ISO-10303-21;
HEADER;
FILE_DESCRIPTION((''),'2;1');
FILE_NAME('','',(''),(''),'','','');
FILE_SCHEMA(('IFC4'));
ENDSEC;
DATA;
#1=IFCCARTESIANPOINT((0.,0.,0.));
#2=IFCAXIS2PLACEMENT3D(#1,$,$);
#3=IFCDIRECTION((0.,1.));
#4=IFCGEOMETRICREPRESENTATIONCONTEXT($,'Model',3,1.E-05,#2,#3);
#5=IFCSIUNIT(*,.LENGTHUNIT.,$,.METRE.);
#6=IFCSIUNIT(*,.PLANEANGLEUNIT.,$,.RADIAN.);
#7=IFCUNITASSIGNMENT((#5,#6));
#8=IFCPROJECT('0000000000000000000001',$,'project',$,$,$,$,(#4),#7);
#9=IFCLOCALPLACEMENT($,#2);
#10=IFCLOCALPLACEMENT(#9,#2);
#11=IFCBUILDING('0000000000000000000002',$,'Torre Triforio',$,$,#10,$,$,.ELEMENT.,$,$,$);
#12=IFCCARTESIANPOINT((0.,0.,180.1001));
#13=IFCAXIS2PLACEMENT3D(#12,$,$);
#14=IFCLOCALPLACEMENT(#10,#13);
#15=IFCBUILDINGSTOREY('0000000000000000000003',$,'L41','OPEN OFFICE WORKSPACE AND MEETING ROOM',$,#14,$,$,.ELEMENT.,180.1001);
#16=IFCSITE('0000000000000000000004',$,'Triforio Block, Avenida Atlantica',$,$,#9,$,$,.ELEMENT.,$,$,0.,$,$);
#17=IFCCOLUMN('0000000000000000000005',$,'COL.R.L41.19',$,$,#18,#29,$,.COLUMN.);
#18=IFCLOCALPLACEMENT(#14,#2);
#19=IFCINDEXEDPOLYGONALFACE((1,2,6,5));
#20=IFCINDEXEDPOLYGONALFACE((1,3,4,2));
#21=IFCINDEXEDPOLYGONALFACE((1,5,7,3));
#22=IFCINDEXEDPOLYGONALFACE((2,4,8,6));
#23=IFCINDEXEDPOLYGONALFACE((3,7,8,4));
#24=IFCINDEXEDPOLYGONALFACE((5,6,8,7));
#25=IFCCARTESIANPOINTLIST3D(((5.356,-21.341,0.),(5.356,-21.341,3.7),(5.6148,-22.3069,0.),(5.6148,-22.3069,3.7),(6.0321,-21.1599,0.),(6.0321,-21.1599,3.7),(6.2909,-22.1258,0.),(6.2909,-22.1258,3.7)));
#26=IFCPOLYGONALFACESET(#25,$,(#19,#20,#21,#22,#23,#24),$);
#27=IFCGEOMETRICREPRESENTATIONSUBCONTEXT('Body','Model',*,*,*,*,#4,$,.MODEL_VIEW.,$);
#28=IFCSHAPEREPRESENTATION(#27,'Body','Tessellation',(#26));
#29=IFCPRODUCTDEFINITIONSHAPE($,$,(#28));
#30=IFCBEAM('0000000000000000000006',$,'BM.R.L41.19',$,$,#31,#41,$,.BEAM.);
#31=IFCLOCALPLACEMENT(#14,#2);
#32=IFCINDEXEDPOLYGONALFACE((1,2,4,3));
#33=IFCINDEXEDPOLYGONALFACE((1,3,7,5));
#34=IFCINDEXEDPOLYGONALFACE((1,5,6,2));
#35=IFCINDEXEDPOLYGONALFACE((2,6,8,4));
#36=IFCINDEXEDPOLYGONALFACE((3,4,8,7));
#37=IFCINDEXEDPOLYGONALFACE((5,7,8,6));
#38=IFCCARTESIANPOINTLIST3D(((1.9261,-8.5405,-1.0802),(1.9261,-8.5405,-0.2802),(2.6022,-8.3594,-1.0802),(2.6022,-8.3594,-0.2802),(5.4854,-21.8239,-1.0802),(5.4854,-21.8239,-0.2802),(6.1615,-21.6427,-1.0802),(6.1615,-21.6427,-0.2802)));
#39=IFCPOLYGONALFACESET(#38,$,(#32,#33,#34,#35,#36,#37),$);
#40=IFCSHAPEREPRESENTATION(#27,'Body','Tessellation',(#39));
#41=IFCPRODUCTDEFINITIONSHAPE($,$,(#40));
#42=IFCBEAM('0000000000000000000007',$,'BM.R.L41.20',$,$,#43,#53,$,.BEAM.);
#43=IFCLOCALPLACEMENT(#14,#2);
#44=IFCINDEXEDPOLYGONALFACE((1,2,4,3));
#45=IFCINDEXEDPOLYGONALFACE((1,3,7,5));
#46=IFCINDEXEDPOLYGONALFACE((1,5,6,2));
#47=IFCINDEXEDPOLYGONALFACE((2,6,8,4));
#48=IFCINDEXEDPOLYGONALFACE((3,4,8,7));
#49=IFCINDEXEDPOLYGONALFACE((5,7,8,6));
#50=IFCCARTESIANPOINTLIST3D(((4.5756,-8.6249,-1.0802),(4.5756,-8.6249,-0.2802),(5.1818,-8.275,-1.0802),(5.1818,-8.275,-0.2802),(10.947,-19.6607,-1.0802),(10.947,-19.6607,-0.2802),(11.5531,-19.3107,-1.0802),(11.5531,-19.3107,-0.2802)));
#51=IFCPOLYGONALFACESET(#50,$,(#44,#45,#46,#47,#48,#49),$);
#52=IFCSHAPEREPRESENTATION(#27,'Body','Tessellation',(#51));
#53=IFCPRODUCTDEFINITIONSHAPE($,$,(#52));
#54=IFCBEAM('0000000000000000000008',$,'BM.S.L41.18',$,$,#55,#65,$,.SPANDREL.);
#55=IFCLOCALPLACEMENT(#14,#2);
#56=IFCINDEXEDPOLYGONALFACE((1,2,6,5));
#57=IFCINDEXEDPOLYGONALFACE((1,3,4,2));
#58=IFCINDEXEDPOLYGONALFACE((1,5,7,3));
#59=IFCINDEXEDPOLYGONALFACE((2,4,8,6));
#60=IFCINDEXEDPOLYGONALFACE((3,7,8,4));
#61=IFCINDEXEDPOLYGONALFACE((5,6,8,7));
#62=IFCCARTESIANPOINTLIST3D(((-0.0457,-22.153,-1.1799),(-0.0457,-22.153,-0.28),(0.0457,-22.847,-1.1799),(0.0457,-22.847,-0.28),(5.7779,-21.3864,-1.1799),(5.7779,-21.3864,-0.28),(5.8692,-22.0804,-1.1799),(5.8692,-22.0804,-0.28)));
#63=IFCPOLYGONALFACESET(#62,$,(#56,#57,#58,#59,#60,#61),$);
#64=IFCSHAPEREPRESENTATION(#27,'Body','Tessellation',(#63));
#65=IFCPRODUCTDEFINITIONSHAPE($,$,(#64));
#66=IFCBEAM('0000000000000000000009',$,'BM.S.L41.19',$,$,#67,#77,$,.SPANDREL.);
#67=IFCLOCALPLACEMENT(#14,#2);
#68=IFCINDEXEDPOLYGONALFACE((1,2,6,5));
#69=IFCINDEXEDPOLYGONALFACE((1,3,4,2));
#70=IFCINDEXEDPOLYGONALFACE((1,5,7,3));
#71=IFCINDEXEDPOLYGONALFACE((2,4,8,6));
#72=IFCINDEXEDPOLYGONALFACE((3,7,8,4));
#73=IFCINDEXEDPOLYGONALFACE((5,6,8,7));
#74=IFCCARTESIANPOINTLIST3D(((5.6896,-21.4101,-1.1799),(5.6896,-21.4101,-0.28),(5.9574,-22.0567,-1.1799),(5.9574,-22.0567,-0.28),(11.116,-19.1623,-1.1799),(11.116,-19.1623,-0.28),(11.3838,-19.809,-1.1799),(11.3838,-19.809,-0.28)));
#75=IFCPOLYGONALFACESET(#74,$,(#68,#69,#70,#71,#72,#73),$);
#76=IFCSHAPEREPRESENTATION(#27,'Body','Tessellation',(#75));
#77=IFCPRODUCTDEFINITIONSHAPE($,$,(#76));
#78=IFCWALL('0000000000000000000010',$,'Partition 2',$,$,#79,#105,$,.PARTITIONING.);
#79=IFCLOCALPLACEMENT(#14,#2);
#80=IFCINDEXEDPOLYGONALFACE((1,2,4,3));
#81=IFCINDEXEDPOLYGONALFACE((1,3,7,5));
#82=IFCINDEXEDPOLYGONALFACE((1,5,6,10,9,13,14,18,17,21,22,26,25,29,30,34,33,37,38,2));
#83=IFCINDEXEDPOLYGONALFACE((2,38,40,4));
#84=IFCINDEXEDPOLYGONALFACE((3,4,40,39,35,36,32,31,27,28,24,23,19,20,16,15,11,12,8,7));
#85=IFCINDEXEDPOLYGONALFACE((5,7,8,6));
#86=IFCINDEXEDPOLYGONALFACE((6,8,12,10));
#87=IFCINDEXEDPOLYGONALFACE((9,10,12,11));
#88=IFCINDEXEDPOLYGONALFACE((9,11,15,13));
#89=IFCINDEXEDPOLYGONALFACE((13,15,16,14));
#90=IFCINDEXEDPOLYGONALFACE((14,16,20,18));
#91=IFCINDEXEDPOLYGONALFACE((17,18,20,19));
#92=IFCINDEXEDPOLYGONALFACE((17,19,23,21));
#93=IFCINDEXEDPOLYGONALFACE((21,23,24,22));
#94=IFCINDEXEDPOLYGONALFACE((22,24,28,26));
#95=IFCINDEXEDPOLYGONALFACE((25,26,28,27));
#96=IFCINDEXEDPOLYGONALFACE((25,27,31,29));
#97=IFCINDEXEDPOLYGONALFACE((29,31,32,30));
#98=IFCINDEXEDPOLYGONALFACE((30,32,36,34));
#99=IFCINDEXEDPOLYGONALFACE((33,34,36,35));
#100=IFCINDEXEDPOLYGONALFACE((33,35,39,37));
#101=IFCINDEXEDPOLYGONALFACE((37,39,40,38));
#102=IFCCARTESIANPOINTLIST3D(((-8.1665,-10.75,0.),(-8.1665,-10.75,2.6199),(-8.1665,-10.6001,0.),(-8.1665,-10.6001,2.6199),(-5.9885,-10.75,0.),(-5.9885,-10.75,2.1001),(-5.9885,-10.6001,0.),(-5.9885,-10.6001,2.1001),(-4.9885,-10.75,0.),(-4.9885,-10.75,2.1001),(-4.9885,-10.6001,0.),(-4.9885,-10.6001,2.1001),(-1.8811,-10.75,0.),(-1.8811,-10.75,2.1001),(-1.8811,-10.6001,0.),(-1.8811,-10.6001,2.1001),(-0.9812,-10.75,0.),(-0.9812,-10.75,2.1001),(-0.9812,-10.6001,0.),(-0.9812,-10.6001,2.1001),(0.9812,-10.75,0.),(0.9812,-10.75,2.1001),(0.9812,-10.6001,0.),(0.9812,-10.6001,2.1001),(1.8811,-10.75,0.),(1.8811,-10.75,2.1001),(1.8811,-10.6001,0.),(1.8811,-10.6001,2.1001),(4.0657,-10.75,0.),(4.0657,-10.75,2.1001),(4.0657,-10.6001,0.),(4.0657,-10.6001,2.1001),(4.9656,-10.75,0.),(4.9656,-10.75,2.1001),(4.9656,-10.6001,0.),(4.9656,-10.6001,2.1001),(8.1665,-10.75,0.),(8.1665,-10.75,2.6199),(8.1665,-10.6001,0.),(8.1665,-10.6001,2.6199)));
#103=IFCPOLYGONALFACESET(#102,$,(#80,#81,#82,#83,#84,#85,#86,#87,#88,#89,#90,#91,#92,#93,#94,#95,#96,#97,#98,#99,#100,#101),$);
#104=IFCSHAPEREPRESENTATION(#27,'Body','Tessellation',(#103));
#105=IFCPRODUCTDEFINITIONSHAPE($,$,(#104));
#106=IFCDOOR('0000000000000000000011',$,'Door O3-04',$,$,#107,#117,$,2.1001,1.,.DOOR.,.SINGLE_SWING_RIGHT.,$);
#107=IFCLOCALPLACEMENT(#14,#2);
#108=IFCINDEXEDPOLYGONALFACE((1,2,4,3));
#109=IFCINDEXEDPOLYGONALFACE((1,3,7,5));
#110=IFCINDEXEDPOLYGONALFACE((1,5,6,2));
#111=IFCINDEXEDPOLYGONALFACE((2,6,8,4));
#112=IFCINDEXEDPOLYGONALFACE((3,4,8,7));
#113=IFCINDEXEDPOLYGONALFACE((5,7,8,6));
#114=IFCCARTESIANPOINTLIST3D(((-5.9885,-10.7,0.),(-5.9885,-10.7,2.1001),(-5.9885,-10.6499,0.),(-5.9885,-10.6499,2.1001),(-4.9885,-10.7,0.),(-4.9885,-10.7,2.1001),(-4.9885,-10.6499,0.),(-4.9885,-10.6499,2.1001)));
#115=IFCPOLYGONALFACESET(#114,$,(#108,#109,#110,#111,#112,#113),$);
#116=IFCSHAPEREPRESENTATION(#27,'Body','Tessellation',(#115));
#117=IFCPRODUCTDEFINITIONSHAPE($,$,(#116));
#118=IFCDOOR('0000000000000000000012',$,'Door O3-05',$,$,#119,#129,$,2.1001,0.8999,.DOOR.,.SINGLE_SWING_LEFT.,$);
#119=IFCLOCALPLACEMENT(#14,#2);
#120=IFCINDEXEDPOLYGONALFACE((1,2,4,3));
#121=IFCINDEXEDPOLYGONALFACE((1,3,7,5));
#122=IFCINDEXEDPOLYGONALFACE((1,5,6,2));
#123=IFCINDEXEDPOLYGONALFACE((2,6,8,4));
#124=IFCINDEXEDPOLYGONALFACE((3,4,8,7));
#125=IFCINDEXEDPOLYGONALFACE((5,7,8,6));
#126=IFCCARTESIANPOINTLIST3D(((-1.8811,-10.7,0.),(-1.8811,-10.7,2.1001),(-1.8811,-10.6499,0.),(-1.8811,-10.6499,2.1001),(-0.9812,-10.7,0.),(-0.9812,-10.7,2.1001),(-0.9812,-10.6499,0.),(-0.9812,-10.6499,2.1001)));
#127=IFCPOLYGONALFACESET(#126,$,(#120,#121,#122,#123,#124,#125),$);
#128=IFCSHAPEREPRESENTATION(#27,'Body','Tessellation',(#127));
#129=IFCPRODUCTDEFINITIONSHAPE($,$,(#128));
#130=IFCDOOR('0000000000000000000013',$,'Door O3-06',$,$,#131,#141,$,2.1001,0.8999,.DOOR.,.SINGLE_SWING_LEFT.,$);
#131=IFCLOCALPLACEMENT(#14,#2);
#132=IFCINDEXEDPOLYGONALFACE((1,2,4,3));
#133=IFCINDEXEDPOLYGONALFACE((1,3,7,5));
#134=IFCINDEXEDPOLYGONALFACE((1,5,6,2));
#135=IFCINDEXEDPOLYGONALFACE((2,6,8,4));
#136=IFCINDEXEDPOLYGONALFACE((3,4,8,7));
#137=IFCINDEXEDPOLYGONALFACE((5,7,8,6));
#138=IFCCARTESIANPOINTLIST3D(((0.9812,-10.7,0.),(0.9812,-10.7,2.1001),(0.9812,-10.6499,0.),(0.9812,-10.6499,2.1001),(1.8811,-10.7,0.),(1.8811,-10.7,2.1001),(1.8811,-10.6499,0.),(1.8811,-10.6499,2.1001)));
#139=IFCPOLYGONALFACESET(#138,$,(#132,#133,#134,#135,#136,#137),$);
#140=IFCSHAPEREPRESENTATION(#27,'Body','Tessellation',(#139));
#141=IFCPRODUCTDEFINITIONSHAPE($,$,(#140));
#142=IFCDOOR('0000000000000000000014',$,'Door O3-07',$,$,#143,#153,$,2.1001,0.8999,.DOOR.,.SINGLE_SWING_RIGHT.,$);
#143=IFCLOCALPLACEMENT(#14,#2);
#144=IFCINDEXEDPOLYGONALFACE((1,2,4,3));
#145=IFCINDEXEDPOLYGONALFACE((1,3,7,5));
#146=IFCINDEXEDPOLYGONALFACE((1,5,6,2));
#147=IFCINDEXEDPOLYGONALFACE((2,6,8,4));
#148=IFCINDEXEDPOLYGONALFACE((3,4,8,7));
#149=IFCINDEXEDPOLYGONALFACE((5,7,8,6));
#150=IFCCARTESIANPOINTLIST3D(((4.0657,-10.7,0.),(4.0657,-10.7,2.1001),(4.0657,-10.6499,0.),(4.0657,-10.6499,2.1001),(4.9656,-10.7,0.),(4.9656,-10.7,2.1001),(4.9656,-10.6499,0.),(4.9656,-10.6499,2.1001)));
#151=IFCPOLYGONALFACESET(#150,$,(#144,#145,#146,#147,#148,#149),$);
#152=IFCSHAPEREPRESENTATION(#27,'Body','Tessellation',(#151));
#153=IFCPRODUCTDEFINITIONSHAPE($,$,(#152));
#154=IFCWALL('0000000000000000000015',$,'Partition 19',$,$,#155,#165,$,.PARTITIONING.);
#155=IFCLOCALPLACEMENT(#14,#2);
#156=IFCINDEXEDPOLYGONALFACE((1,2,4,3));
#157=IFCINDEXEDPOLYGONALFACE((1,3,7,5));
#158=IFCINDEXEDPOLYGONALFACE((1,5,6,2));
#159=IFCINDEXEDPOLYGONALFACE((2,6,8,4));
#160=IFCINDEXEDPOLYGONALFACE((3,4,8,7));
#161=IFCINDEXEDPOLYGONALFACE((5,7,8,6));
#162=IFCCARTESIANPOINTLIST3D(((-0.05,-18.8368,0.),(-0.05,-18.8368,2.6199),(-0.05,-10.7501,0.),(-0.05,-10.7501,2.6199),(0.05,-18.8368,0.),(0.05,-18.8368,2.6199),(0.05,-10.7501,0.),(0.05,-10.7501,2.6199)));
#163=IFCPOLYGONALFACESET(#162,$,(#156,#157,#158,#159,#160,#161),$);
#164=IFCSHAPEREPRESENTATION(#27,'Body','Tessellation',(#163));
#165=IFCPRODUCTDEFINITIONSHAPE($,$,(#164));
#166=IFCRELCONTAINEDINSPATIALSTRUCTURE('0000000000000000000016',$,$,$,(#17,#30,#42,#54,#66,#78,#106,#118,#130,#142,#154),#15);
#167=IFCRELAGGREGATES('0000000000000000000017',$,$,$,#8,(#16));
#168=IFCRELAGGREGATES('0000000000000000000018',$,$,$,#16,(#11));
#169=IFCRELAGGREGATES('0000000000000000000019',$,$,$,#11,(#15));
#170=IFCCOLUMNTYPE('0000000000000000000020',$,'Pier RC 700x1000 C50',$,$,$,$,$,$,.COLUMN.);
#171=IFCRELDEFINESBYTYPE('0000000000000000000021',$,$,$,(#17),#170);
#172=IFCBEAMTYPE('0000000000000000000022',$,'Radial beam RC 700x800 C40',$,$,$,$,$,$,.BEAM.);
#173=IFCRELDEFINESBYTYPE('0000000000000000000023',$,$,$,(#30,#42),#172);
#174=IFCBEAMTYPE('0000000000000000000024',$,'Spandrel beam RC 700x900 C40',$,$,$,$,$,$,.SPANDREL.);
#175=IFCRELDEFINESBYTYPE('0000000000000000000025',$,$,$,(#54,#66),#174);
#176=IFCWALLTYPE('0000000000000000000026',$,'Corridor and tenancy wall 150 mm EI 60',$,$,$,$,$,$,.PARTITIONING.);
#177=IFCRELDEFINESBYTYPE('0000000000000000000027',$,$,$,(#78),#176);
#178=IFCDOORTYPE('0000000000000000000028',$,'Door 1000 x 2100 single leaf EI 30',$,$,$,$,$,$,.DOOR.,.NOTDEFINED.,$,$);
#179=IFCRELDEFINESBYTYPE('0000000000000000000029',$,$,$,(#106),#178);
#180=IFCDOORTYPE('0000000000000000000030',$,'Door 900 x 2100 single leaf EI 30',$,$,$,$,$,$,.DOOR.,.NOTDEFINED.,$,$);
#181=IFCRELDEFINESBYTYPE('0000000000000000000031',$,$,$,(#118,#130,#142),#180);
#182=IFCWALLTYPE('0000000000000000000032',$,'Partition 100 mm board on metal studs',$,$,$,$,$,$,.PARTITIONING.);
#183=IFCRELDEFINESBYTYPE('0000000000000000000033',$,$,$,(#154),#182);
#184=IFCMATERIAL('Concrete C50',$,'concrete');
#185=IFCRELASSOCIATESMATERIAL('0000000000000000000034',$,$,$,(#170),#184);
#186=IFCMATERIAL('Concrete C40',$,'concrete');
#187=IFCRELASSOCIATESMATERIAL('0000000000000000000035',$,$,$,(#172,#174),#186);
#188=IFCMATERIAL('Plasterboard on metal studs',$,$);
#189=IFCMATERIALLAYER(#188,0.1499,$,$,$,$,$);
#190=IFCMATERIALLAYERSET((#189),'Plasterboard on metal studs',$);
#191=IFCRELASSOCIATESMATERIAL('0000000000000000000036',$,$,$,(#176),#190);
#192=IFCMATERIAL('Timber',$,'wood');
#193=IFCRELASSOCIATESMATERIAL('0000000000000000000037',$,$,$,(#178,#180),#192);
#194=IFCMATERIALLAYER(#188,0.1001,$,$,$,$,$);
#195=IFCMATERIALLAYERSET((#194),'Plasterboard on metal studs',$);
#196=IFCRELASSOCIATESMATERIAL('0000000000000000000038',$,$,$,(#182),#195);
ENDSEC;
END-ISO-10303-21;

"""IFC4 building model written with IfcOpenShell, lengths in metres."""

from ifc_helpers import new_model, si_unit, direction, frame, frame_2d, origin, origin_2d, place, context, subcontext, project, spatial, rectangle, extrude, material, layer, layer_set, material_profile, profile_set, type_object, element, fill, save


model = new_model("IFC4")

# Units and contexts
model_context = context("Model", 3, precision=1e-05, world=origin(), true_north=direction((0.0, 1.0)))
body_context = subcontext(model_context, "Body", "Model", "MODEL_VIEW")
ifc_project = project(units=[si_unit("LENGTHUNIT", "METRE"), si_unit("PLANEANGLEUNIT", "RADIAN")], contexts=[model_context])

# Site, building, storey
site_placement = place(None, origin())
site = spatial("IfcSite", under=ifc_project, at=site_placement, Name="Triforio Block, Avenida Atlantica", CompositionType="ELEMENT", RefElevation=0.0)
building_placement = place(site_placement, origin())
building = spatial("IfcBuilding", under=site, at=building_placement, Name="Torre Triforio", CompositionType="ELEMENT")
storey_placement = place(building_placement, frame((0.0, 0.0, 180.1001)))
storey = spatial("IfcBuildingStorey", under=building, at=storey_placement, Name="L41", Description="OPEN OFFICE WORKSPACE AND MEETING ROOM", CompositionType="ELEMENT", Elevation=180.1001)

# Column
ifc_material_1 = material(Name="Concrete C50", Category="concrete")
ifc_material_profile_1 = material_profile(ifc_material_1, rectangle(XDim=0.7, YDim=1.0, at=origin_2d()), Name="RC 700x1000")
ifc_profile_set_1 = profile_set([ifc_material_profile_1], Name="Concrete C50")
column_type = type_object("IfcColumnType", Name="Pier RC 700x1000 C50", PredefinedType="COLUMN", material=ifc_profile_set_1)
column_placement = place(storey_placement, frame((5.8235, -21.7334, 0.0), z_axis=(0.0, 0.0, 1.0), x_axis=(0.965926, 0.258819, 0.0)))
element("IfcColumn", 1, at=column_placement, inside=storey, type_object=column_type, Name="COL.R.L41.19", PredefinedType="COLUMN", context=body_context, shape_type="SweptSolid", body=[
    extrude(rectangle(XDim=0.7, YDim=1.0, at=origin_2d()), origin(), (0.0, 0.0, 1.0), 3.7),
])

# Beams
ifc_material_2 = material(Name="Concrete C40", Category="concrete")
ifc_material_profile_2 = material_profile(ifc_material_2, rectangle(XDim=0.7, YDim=0.8, at=origin_2d()), Name="RC 700x800")
ifc_profile_set_2 = profile_set([ifc_material_profile_2], Name="Concrete C40")
beam_type_1 = type_object("IfcBeamType", Name="Radial beam RC 700x800 C40", PredefinedType="BEAM", material=ifc_profile_set_2)
beam_1_placement = place(storey_placement, frame((2.2642, -8.45, -0.6802), z_axis=(0.258822, -0.965925, 0.0), x_axis=(0.965925, 0.258822, 0.0)))
element("IfcBeam", 2, at=beam_1_placement, inside=storey, type_object=beam_type_1, Name="BM.R.L41.19", PredefinedType="BEAM", context=body_context, shape_type="SweptSolid", body=[
    extrude(rectangle(XDim=0.7, YDim=0.8, at=origin_2d()), origin(), (0.0, 0.0, 1.0), 13.752),
])
beam_2_placement = place(storey_placement, frame((4.8787, -8.45, -0.6802), z_axis=(0.499994, -0.866029, 0.0), x_axis=(0.866029, 0.499994, 0.0)))
element("IfcBeam", 3, at=beam_2_placement, inside=storey, type_object=beam_type_1, Name="BM.R.L41.20", PredefinedType="BEAM", context=body_context, shape_type="SweptSolid", body=[
    extrude(rectangle(XDim=0.7, YDim=0.8, at=origin_2d()), origin(), (0.0, 0.0, 1.0), 12.7429),
])
ifc_material_profile_3 = material_profile(ifc_material_2, rectangle(XDim=0.7, YDim=0.8999, at=origin_2d()), Name="RC 700x900")
ifc_profile_set_3 = profile_set([ifc_material_profile_3], Name="Concrete C40")
beam_type_2 = type_object("IfcBeamType", Name="Spandrel beam RC 700x900 C40", PredefinedType="SPANDREL", material=ifc_profile_set_3)
beam_3_placement = place(storey_placement, frame((0.0, -22.5, -0.73), z_axis=(0.991447, 0.130514, 0.0), x_axis=(-0.130514, 0.991447, 0.0)))
element("IfcBeam", 4, at=beam_3_placement, inside=storey, type_object=beam_type_2, Name="BM.S.L41.18", PredefinedType="SPANDREL", context=body_context, shape_type="SweptSolid", body=[
    extrude(rectangle(XDim=0.7, YDim=0.8999, at=origin_2d()), origin(), (0.0, 0.0, 1.0), 5.8738),
])
beam_4_placement = place(storey_placement, frame((5.8235, -21.7334, -0.73), z_axis=(0.923875, 0.382693, 0.0), x_axis=(-0.382693, 0.923875, 0.0)))
element("IfcBeam", 5, at=beam_4_placement, inside=storey, type_object=beam_type_2, Name="BM.S.L41.19", PredefinedType="SPANDREL", context=body_context, shape_type="SweptSolid", body=[
    extrude(rectangle(XDim=0.7, YDim=0.8999, at=origin_2d()), origin(), (0.0, 0.0, 1.0), 5.8735),
])

# Wall, openings, doors
ifc_material_3 = material(Name="Plasterboard on metal studs")
ifc_layer_1 = layer(ifc_material_3, 0.1499)
ifc_layer_set_1 = layer_set([ifc_layer_1], Name="Plasterboard on metal studs")
wall_type_1 = type_object("IfcWallType", Name="Corridor and tenancy wall 150 mm EI 60", PredefinedType="PARTITIONING", material=ifc_layer_set_1)
wall_1_placement = place(storey_placement, frame((8.1665, -10.675, 0.0), z_axis=(0.0, 0.0, 1.0), x_axis=(-1.0, 0.0, 0.0)))
wall_1 = element("IfcWall", 6, at=wall_1_placement, inside=storey, type_object=wall_type_1, Name="Partition 2", PredefinedType="PARTITIONING", context=body_context, shape_type="SweptSolid", body=[
    extrude(rectangle(XDim=16.333, YDim=0.1499, at=frame_2d((8.1665, 0.0))), origin(), (0.0, 0.0, 1.0), 2.6199),
])
opening_1_placement = place(wall_1_placement, frame((13.155, 0.0, 0.0)))
opening_1 = element("IfcOpeningElement", 7, at=opening_1_placement, cuts=wall_1, PredefinedType="OPENING", context=body_context, shape_type="SweptSolid", body=[
    extrude(rectangle(XDim=1.0, YDim=2.1001, at=frame_2d((0.5, 1.05))), frame((0.0, 0.085, 0.0), z_axis=(0.0, -1.0, 0.0), x_axis=(1.0, 0.0, 0.0)), (0.0, 0.0, 1.0), 0.1699),
])
opening_2_placement = place(wall_1_placement, frame((9.1477, 0.0, 0.0)))
opening_2 = element("IfcOpeningElement", 8, at=opening_2_placement, cuts=wall_1, PredefinedType="OPENING", context=body_context, shape_type="SweptSolid", body=[
    extrude(rectangle(XDim=0.8999, YDim=2.1001, at=frame_2d((0.45, 1.05))), frame((0.0, 0.085, 0.0), z_axis=(0.0, -1.0, 0.0), x_axis=(1.0, 0.0, 0.0)), (0.0, 0.0, 1.0), 0.1699),
])
opening_3_placement = place(wall_1_placement, frame((6.2854, 0.0, 0.0)))
opening_3 = element("IfcOpeningElement", 9, at=opening_3_placement, cuts=wall_1, PredefinedType="OPENING", context=body_context, shape_type="SweptSolid", body=[
    extrude(rectangle(XDim=0.8999, YDim=2.1001, at=frame_2d((0.45, 1.05))), frame((0.0, 0.085, 0.0), z_axis=(0.0, -1.0, 0.0), x_axis=(1.0, 0.0, 0.0)), (0.0, 0.0, 1.0), 0.1699),
])
opening_4_placement = place(wall_1_placement, frame((3.2009, 0.0, 0.0)))
opening_4 = element("IfcOpeningElement", 10, at=opening_4_placement, cuts=wall_1, PredefinedType="OPENING", context=body_context, shape_type="SweptSolid", body=[
    extrude(rectangle(XDim=0.8999, YDim=2.1001, at=frame_2d((0.45, 1.05))), frame((0.0, 0.085, 0.0), z_axis=(0.0, -1.0, 0.0), x_axis=(1.0, 0.0, 0.0)), (0.0, 0.0, 1.0), 0.1699),
])
ifc_material_4 = material(Name="Timber", Category="wood")
door_type_1 = type_object("IfcDoorType", Name="Door 1000 x 2100 single leaf EI 30", OperationType="NOTDEFINED", PredefinedType="DOOR", material=ifc_material_4)
door_1_placement = place(opening_1_placement, origin())
door_1 = element("IfcDoor", 11, at=door_1_placement, inside=storey, type_object=door_type_1, Name="Door O3-04", OperationType="SINGLE_SWING_RIGHT", OverallHeight=2.1001, OverallWidth=1.0, PredefinedType="DOOR", context=body_context, shape_type="SweptSolid", body=[
    extrude(rectangle(XDim=1.0, YDim=2.1001, at=frame_2d((0.5, 1.05))), frame((0.0, 0.0249, 0.0), z_axis=(0.0, -1.0, 0.0), x_axis=(1.0, 0.0, 0.0)), (0.0, 0.0, 1.0), 0.05),
])
fill(opening_1, door_1)
door_type_2 = type_object("IfcDoorType", Name="Door 900 x 2100 single leaf EI 30", OperationType="NOTDEFINED", PredefinedType="DOOR", material=ifc_material_4)
door_2_placement = place(opening_2_placement, origin())
door_2 = element("IfcDoor", 12, at=door_2_placement, inside=storey, type_object=door_type_2, Name="Door O3-05", OperationType="SINGLE_SWING_LEFT", OverallHeight=2.1001, OverallWidth=0.8999, PredefinedType="DOOR", context=body_context, shape_type="SweptSolid", body=[
    extrude(rectangle(XDim=0.8999, YDim=2.1001, at=frame_2d((0.45, 1.05))), frame((0.0, 0.0249, 0.0), z_axis=(0.0, -1.0, 0.0), x_axis=(1.0, 0.0, 0.0)), (0.0, 0.0, 1.0), 0.05),
])
fill(opening_2, door_2)
door_3_placement = place(opening_3_placement, origin())
door_3 = element("IfcDoor", 13, at=door_3_placement, inside=storey, type_object=door_type_2, Name="Door O3-06", OperationType="SINGLE_SWING_LEFT", OverallHeight=2.1001, OverallWidth=0.8999, PredefinedType="DOOR", context=body_context, shape_type="SweptSolid", body=[
    extrude(rectangle(XDim=0.8999, YDim=2.1001, at=frame_2d((0.45, 1.05))), frame((0.0, 0.0249, 0.0), z_axis=(0.0, -1.0, 0.0), x_axis=(1.0, 0.0, 0.0)), (0.0, 0.0, 1.0), 0.05),
])
fill(opening_3, door_3)
door_4_placement = place(opening_4_placement, origin())
door_4 = element("IfcDoor", 14, at=door_4_placement, inside=storey, type_object=door_type_2, Name="Door O3-07", OperationType="SINGLE_SWING_RIGHT", OverallHeight=2.1001, OverallWidth=0.8999, PredefinedType="DOOR", context=body_context, shape_type="SweptSolid", body=[
    extrude(rectangle(XDim=0.8999, YDim=2.1001, at=frame_2d((0.45, 1.05))), frame((0.0, 0.0249, 0.0), z_axis=(0.0, -1.0, 0.0), x_axis=(1.0, 0.0, 0.0)), (0.0, 0.0, 1.0), 0.05),
])
fill(opening_4, door_4)

# Wall
ifc_layer_2 = layer(ifc_material_3, 0.1001)
ifc_layer_set_2 = layer_set([ifc_layer_2], Name="Plasterboard on metal studs")
wall_type_2 = type_object("IfcWallType", Name="Partition 100 mm board on metal studs", PredefinedType="PARTITIONING", material=ifc_layer_set_2)
wall_2_placement = place(storey_placement, frame((0.0, -10.75, 0.0), z_axis=(0.0, 0.0, 1.0), x_axis=(0.0, -1.0, 0.0)))
element("IfcWall", 15, at=wall_2_placement, inside=storey, type_object=wall_type_2, Name="Partition 19", PredefinedType="PARTITIONING", context=body_context, shape_type="SweptSolid", body=[
    extrude(rectangle(XDim=8.0867, YDim=0.1001, at=frame_2d((4.0435, 0.0))), origin(), (0.0, 0.0, 1.0), 2.6199),
])

save(model, "model.ifc")
